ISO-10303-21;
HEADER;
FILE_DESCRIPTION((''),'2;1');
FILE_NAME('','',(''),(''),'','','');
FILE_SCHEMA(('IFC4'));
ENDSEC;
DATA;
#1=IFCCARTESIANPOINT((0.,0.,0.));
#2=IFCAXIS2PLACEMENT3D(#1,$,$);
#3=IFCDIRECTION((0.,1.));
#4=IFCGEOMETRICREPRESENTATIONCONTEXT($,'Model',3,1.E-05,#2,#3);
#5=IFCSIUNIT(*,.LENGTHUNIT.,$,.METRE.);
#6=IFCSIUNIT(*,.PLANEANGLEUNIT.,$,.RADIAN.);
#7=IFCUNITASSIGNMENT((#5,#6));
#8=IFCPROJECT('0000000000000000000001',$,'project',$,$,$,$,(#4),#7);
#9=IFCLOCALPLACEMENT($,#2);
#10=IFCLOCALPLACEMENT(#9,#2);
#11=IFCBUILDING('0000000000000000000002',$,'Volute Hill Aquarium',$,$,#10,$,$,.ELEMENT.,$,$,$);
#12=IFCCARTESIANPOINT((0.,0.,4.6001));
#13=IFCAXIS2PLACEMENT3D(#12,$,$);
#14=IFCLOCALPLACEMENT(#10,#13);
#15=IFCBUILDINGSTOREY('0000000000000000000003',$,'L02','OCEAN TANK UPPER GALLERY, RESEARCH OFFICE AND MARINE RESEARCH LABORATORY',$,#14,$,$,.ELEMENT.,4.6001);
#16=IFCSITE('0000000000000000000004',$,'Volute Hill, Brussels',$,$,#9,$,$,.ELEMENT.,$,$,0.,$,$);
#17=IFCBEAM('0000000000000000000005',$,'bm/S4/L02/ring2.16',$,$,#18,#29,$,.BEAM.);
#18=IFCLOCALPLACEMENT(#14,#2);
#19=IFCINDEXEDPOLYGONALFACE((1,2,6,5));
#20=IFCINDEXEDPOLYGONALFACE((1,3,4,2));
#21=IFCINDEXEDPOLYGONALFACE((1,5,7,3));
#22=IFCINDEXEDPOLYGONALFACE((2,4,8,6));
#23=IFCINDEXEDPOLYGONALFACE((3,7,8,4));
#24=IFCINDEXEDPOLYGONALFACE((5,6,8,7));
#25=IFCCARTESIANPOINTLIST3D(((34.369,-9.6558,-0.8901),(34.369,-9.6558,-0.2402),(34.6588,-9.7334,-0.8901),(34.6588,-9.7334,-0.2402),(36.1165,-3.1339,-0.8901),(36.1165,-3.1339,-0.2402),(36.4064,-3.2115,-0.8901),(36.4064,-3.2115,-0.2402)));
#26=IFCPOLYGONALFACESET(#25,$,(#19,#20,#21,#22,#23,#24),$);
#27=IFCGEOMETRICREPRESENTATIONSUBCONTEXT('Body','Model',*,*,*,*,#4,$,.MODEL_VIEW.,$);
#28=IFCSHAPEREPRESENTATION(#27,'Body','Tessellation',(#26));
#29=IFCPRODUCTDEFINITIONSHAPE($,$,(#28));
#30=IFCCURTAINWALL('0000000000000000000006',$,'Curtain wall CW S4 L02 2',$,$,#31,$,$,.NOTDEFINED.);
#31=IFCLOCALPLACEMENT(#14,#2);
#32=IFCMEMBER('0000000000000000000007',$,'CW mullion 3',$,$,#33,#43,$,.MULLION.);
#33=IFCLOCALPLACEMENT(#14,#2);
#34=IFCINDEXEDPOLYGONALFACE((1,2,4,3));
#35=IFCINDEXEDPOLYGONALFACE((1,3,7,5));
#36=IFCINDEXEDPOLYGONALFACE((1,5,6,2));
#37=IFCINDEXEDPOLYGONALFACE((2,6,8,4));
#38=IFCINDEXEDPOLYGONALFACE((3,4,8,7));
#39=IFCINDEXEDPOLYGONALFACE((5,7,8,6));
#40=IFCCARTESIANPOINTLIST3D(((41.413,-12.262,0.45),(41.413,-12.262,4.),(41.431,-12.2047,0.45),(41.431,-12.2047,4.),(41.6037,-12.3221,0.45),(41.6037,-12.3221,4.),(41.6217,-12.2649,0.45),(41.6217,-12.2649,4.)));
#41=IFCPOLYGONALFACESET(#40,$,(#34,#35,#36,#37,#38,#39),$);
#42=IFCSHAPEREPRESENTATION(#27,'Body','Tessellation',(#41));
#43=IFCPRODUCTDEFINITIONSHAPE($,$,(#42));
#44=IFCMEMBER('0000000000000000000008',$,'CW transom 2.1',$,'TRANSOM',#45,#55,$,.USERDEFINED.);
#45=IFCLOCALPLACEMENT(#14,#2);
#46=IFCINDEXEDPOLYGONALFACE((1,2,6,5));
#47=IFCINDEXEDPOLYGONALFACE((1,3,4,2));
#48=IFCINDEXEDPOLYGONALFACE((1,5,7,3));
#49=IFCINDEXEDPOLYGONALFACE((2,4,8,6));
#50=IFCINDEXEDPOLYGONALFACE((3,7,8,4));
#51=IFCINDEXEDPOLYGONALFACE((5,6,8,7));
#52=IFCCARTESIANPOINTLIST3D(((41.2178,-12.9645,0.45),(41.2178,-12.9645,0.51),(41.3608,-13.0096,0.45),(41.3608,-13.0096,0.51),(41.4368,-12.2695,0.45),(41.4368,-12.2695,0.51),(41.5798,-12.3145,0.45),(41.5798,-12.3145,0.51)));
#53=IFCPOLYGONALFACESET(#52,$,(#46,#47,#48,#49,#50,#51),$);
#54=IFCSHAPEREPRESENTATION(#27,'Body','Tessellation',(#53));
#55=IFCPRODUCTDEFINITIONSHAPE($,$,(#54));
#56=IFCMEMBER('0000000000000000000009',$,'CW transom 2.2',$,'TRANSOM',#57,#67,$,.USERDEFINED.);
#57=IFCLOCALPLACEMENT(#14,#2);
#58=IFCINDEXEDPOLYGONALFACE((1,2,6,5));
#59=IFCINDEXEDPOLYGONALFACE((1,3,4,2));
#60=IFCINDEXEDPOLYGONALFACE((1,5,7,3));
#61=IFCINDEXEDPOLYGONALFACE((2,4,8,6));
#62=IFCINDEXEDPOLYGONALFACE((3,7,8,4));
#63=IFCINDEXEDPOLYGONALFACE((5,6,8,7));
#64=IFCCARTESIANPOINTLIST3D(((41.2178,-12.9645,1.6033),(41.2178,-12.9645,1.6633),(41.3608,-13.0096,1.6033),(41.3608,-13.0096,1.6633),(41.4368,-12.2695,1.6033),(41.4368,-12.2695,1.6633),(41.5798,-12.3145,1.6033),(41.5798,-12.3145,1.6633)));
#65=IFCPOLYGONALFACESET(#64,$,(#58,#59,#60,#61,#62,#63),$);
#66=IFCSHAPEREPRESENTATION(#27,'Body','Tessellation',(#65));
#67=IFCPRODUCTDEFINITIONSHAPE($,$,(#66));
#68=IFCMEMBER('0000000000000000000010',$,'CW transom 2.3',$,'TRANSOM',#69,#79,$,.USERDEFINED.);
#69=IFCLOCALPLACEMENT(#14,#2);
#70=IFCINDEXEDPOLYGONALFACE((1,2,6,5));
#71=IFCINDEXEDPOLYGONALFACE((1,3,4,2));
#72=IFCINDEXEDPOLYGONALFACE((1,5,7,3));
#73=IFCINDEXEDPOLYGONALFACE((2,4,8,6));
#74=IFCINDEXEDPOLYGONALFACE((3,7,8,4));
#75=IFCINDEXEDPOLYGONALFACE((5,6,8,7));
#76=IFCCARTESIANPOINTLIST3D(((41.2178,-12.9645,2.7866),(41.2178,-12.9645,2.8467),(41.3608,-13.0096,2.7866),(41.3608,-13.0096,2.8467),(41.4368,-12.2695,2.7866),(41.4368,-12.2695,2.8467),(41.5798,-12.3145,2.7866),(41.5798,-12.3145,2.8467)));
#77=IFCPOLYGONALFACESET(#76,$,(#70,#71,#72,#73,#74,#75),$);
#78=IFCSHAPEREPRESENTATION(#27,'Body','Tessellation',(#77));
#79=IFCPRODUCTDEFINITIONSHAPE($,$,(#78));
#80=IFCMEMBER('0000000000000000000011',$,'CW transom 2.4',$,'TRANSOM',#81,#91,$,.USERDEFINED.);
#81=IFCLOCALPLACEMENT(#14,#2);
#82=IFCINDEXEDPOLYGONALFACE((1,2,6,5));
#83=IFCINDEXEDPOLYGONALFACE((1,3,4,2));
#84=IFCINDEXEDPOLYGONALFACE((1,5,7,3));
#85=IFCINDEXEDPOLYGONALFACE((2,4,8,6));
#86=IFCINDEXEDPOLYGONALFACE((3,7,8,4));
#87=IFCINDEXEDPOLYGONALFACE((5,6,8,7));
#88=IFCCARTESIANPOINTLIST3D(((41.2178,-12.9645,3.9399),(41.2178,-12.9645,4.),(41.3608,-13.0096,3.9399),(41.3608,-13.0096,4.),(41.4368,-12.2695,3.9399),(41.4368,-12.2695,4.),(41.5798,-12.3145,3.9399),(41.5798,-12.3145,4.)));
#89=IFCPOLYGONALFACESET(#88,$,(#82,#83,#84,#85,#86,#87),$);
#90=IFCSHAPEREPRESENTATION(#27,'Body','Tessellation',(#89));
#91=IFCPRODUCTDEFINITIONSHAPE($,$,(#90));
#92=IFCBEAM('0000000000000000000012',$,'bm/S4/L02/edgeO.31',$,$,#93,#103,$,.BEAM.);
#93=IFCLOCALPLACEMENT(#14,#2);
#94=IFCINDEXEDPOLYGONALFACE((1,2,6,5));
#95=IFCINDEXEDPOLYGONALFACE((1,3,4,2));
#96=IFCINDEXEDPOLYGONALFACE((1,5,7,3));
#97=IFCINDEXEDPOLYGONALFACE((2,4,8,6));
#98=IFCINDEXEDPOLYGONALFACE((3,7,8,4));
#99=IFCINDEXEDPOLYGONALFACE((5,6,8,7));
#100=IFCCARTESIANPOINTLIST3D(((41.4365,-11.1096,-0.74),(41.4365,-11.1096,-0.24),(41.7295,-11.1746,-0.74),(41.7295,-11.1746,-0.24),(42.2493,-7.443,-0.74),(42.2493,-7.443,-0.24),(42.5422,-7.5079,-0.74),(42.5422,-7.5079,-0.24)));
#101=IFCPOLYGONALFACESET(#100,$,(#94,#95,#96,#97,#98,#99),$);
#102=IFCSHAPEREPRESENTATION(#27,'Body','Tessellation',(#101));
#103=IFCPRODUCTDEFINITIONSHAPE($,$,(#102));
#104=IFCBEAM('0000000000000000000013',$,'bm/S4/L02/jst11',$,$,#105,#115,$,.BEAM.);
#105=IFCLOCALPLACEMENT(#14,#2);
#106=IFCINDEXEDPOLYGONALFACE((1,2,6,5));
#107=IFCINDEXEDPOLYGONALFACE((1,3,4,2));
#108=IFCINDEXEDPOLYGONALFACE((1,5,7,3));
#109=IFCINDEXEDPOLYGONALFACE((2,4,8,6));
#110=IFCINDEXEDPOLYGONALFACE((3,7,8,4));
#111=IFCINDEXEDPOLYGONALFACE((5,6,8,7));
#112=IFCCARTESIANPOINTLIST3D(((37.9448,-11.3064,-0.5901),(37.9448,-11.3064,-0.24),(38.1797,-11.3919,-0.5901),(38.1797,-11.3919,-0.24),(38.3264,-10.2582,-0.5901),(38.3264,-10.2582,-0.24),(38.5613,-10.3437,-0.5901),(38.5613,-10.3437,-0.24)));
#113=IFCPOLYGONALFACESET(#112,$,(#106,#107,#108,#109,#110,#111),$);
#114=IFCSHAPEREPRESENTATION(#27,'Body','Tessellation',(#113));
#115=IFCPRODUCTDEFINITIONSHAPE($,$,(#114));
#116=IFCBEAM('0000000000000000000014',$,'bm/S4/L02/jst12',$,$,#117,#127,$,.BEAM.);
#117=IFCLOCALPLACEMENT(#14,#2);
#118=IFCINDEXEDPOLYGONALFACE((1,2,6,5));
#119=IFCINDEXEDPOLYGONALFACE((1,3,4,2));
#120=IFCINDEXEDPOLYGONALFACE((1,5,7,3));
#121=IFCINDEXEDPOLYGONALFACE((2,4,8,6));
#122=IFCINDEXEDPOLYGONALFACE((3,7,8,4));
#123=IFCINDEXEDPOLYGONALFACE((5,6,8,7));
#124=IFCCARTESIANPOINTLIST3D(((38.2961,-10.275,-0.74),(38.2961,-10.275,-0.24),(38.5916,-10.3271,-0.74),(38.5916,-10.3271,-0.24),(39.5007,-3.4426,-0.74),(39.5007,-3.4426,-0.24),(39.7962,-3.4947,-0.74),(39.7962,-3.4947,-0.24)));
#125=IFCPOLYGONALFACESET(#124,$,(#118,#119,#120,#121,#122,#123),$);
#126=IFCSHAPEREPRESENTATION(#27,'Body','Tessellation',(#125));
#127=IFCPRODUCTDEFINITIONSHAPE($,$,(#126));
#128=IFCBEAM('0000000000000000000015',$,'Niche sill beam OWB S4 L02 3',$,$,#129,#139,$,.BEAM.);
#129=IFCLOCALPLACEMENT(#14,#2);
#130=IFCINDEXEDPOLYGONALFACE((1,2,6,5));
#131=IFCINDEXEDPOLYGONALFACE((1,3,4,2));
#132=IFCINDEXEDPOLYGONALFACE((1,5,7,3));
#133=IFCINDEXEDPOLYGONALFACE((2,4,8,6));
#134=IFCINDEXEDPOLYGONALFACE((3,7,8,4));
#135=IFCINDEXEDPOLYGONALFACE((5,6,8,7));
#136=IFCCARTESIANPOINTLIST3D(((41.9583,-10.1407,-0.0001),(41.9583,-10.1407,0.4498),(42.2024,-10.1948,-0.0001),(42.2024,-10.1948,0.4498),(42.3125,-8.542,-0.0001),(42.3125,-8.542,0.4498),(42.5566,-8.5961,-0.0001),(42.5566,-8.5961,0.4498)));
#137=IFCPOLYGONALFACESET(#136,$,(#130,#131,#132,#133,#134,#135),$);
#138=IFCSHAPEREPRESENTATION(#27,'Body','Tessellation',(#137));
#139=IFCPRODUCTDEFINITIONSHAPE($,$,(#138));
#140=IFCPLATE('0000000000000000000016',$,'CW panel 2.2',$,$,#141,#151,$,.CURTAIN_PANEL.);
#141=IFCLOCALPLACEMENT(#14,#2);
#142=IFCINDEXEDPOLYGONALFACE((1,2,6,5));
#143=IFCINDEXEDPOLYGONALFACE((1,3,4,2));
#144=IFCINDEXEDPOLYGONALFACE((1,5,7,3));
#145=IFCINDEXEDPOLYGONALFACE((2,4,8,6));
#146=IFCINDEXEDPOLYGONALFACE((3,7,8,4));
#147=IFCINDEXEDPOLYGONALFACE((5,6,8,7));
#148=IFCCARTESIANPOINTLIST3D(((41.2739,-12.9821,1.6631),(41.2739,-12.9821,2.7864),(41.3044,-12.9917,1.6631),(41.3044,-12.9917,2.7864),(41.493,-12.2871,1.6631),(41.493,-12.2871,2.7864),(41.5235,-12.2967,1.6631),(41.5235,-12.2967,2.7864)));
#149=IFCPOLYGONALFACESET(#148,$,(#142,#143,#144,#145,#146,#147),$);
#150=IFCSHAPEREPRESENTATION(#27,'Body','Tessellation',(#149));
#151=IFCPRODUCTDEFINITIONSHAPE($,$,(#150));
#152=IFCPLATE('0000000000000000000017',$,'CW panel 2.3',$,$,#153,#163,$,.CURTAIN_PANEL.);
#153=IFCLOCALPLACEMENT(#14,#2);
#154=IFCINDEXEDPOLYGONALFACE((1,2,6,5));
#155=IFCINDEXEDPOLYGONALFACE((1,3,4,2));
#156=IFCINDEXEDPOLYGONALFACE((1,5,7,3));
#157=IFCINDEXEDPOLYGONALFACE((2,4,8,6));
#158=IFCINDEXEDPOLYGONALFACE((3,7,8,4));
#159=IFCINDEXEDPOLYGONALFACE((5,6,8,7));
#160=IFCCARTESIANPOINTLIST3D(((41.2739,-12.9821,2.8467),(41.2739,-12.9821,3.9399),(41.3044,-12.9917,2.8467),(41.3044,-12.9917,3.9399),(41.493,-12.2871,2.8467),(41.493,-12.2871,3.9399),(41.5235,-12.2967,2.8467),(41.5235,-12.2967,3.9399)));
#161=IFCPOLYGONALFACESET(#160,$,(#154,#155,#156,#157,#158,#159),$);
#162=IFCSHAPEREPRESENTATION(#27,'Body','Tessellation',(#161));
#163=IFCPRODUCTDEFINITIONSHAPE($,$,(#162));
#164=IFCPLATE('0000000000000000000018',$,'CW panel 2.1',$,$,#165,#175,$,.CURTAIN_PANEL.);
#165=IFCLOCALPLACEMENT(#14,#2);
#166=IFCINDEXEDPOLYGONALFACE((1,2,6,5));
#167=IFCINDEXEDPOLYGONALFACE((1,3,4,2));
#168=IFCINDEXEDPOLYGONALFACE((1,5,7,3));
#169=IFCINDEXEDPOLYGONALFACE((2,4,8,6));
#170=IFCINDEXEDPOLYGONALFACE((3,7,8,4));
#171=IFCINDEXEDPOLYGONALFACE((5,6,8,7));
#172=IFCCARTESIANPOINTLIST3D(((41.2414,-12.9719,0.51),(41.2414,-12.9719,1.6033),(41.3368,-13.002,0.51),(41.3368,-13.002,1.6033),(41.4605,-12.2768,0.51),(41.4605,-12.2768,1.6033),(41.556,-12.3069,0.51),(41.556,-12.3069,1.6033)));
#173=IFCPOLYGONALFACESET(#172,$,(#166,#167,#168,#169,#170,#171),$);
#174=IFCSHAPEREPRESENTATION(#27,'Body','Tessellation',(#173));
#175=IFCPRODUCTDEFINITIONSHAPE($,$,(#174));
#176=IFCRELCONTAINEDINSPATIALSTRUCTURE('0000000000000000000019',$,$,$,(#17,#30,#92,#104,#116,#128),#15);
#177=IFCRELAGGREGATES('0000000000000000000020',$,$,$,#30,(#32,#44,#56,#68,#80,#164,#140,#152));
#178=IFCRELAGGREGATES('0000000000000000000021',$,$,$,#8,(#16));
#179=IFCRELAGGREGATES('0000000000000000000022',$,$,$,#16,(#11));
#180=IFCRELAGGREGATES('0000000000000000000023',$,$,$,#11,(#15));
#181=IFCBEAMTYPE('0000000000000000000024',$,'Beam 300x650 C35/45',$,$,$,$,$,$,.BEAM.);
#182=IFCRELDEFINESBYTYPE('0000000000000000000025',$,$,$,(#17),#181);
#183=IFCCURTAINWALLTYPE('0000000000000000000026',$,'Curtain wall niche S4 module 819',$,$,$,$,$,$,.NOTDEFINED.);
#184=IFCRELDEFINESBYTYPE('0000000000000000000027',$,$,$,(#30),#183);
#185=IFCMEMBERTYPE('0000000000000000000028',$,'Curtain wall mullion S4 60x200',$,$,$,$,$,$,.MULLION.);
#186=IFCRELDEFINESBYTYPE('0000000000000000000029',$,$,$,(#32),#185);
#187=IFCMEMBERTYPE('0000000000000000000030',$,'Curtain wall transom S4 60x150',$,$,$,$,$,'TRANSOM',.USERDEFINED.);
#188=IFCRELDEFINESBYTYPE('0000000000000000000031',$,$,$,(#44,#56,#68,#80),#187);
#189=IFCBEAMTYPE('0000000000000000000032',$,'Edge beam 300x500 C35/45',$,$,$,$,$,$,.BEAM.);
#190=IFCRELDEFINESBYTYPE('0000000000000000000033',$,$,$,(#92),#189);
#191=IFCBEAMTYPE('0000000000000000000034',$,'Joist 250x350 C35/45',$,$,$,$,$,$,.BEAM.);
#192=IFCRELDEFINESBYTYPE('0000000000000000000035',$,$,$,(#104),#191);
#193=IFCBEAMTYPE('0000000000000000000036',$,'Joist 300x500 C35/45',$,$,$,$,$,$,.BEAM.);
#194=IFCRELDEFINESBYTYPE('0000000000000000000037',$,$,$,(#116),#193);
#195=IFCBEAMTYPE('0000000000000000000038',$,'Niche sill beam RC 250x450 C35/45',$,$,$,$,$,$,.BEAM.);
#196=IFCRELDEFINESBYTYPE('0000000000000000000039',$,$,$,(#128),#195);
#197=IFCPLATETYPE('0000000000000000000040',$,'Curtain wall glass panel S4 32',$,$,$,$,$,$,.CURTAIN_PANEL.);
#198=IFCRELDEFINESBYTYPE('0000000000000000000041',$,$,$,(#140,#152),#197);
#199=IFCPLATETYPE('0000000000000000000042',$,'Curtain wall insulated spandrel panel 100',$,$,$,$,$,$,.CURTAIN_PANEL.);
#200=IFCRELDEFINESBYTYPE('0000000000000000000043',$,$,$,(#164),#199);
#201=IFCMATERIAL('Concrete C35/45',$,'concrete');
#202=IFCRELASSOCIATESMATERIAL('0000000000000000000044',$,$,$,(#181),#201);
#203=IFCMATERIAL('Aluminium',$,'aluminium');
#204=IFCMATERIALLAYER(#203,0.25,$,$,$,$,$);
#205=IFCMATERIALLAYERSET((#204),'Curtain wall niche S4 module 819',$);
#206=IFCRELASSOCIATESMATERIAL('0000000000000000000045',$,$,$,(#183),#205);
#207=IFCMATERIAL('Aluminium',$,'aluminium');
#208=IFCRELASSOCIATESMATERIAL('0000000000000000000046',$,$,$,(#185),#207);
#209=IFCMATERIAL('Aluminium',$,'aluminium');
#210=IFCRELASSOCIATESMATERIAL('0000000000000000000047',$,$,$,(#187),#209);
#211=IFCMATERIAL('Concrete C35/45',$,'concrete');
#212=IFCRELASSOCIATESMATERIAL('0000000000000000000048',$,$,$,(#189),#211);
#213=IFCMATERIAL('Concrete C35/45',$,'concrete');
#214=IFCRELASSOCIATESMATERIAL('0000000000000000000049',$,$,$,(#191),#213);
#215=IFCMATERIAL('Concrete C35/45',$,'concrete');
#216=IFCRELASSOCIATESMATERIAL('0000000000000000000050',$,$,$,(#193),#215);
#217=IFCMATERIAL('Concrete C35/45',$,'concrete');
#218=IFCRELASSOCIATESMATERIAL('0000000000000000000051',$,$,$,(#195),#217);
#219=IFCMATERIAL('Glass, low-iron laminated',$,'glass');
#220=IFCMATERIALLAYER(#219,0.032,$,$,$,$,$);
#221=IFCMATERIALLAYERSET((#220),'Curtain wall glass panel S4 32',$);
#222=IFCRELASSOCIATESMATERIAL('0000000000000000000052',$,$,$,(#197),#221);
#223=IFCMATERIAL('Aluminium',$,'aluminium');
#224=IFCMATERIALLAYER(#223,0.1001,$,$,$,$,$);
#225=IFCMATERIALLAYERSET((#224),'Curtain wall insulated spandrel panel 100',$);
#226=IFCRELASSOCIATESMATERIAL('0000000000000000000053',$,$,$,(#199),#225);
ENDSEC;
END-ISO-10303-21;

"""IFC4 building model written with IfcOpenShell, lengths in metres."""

from ifc_helpers import new_model, si_unit, direction, frame, origin, origin_2d, place, context, subcontext, project, spatial, rectangle, extrude, material, layer, layer_set, material_profile, profile_set, type_object, element, aggregate, save


model = new_model("IFC4")

# Units and contexts
model_context = context("Model", 3, precision=1e-05, world=origin(), true_north=direction((0.0, 1.0)))
body_context = subcontext(model_context, "Body", "Model", "MODEL_VIEW")
ifc_project = project(units=[si_unit("LENGTHUNIT", "METRE"), si_unit("PLANEANGLEUNIT", "RADIAN")], contexts=[model_context])

# Site, building, storey
site_placement = place(None, origin())
site = spatial("IfcSite", under=ifc_project, at=site_placement, Name="Volute Hill, Brussels", CompositionType="ELEMENT", RefElevation=0.0)
building_placement = place(site_placement, origin())
building = spatial("IfcBuilding", under=site, at=building_placement, Name="Volute Hill Aquarium", CompositionType="ELEMENT")
storey_placement = place(building_placement, frame((0.0, 0.0, 4.6001)))
storey = spatial("IfcBuildingStorey", under=building, at=storey_placement, Name="L02", Description="OCEAN TANK UPPER GALLERY, RESEARCH OFFICE AND MARINE RESEARCH LABORATORY", CompositionType="ELEMENT", Elevation=4.6001)

# Beam
ifc_material_1 = material(Name="Concrete C35/45", Category="concrete")
ifc_material_profile_1 = material_profile(ifc_material_1, rectangle(XDim=0.3, YDim=0.6499, at=origin_2d()), Name="RC beam 300x650")
ifc_profile_set_1 = profile_set([ifc_material_profile_1], Name="Concrete C35/45")
beam_type_1 = type_object("IfcBeamType", Name="Beam 300x650 C35/45", PredefinedType="BEAM", material=ifc_profile_set_1)
beam_1_placement = place(storey_placement, frame((34.5139, -9.6946, -0.5652), z_axis=(0.258819, 0.965926, 0.0), x_axis=(-0.965926, 0.258819, 0.0)))
element("IfcBeam", 1, at=beam_1_placement, inside=storey, type_object=beam_type_1, Name="bm/S4/L02/ring2.16", PredefinedType="BEAM", context=body_context, shape_type="SweptSolid", body=[
    extrude(rectangle(XDim=0.3, YDim=0.6499, at=origin_2d()), origin(), (0.0, 0.0, 1.0), 6.752),
])

# Curtain wall, members
ifc_material_2 = material(Name="Aluminium", Category="aluminium")
ifc_layer_1 = layer(ifc_material_2, 0.25)
ifc_layer_set_1 = layer_set([ifc_layer_1], Name="Curtain wall niche S4 module 819")
curtain_wall_type = type_object("IfcCurtainWallType", Name="Curtain wall niche S4 module 819", PredefinedType="NOTDEFINED", material=ifc_layer_set_1)
curtain_wall_placement = place(storey_placement, origin())
curtain_wall = element("IfcCurtainWall", 2, at=curtain_wall_placement, inside=storey, type_object=curtain_wall_type, Name="Curtain wall CW S4 L02 2", PredefinedType="NOTDEFINED")
ifc_material_3 = material(Name="Aluminium", Category="aluminium")
ifc_material_profile_2 = material_profile(ifc_material_3, rectangle(XDim=0.2, YDim=0.0601, at=origin_2d()), Name="Curtain wall mullion S4 60x200")
ifc_profile_set_2 = profile_set([ifc_material_profile_2], Name="Aluminium")
member_type_1 = type_object("IfcMemberType", Name="Curtain wall mullion S4 60x200", PredefinedType="MULLION", material=ifc_profile_set_2)
member_1_placement = place(storey_placement, frame((41.5173, -12.2634, 0.45), z_axis=(0.0, 0.0, 1.0), x_axis=(-0.953716, 0.30071, 0.0)))
member_1 = element("IfcMember", 3, at=member_1_placement, type_object=member_type_1, Name="CW mullion 3", PredefinedType="MULLION", context=body_context, shape_type="SweptSolid", body=[
    extrude(rectangle(XDim=0.2, YDim=0.0601, at=origin_2d()), origin(), (0.0, 0.0, 1.0), 3.55),
])
ifc_material_4 = material(Name="Aluminium", Category="aluminium")
ifc_material_profile_3 = material_profile(ifc_material_4, rectangle(XDim=0.1499, YDim=0.0601, at=origin_2d()), Name="Curtain wall transom S4 60x150")
ifc_profile_set_3 = profile_set([ifc_material_profile_3], Name="Aluminium")
member_type_2 = type_object("IfcMemberType", Name="Curtain wall transom S4 60x150", ElementType="TRANSOM", PredefinedType="USERDEFINED", material=ifc_profile_set_3)
member_2_placement = place(storey_placement, frame((41.2893, -12.9871, 0.48), z_axis=(0.300506, 0.95378, 0.0), x_axis=(-0.95378, 0.300506, 0.0)))
member_2 = element("IfcMember", 4, at=member_2_placement, type_object=member_type_2, Name="CW transom 2.1", ObjectType="TRANSOM", PredefinedType="USERDEFINED", context=body_context, shape_type="SweptSolid", body=[
    extrude(rectangle(XDim=0.1499, YDim=0.0601, at=origin_2d()), origin(), (0.0, 0.0, 1.0), 0.7288),
])
member_3_placement = place(storey_placement, frame((41.2893, -12.9871, 1.6333), z_axis=(0.300506, 0.95378, 0.0), x_axis=(-0.95378, 0.300506, 0.0)))
member_3 = element("IfcMember", 5, at=member_3_placement, type_object=member_type_2, Name="CW transom 2.2", ObjectType="TRANSOM", PredefinedType="USERDEFINED", context=body_context, shape_type="SweptSolid", body=[
    extrude(rectangle(XDim=0.1499, YDim=0.0601, at=origin_2d()), origin(), (0.0, 0.0, 1.0), 0.7288),
])
member_4_placement = place(storey_placement, frame((41.2893, -12.9871, 2.8167), z_axis=(0.300506, 0.95378, 0.0), x_axis=(-0.95378, 0.300506, 0.0)))
member_4 = element("IfcMember", 6, at=member_4_placement, type_object=member_type_2, Name="CW transom 2.3", ObjectType="TRANSOM", PredefinedType="USERDEFINED", context=body_context, shape_type="SweptSolid", body=[
    extrude(rectangle(XDim=0.1499, YDim=0.0601, at=origin_2d()), origin(), (0.0, 0.0, 1.0), 0.7288),
])
member_5_placement = place(storey_placement, frame((41.2893, -12.9871, 3.97), z_axis=(0.300506, 0.95378, 0.0), x_axis=(-0.95378, 0.300506, 0.0)))
member_5 = element("IfcMember", 7, at=member_5_placement, type_object=member_type_2, Name="CW transom 2.4", ObjectType="TRANSOM", PredefinedType="USERDEFINED", context=body_context, shape_type="SweptSolid", body=[
    extrude(rectangle(XDim=0.1499, YDim=0.0601, at=origin_2d()), origin(), (0.0, 0.0, 1.0), 0.7288),
])

# Beams
ifc_material_5 = material(Name="Concrete C35/45", Category="concrete")
ifc_material_profile_4 = material_profile(ifc_material_5, rectangle(XDim=0.3, YDim=0.5, at=origin_2d()), Name="RC edge beam 300x500")
ifc_profile_set_4 = profile_set([ifc_material_profile_4], Name="Concrete C35/45")
beam_type_2 = type_object("IfcBeamType", Name="Edge beam 300x500 C35/45", PredefinedType="BEAM", material=ifc_profile_set_4)
beam_2_placement = place(storey_placement, frame((41.583, -11.1421, -0.49), z_axis=(0.216414, 0.976302, 0.0), x_axis=(-0.976302, 0.216414, 0.0)))
element("IfcBeam", 8, at=beam_2_placement, inside=storey, type_object=beam_type_2, Name="bm/S4/L02/edgeO.31", PredefinedType="BEAM", context=body_context, shape_type="SweptSolid", body=[
    extrude(rectangle(XDim=0.3, YDim=0.5, at=origin_2d()), origin(), (0.0, 0.0, 1.0), 3.7556),
])
ifc_material_6 = material(Name="Concrete C35/45", Category="concrete")
ifc_material_profile_5 = material_profile(ifc_material_6, rectangle(XDim=0.25, YDim=0.3501, at=origin_2d()), Name="RC joist 250x350")
ifc_profile_set_5 = profile_set([ifc_material_profile_5], Name="Concrete C35/45")
beam_type_3 = type_object("IfcBeamType", Name="Joist 250x350 C35/45", PredefinedType="BEAM", material=ifc_profile_set_5)
beam_3_placement = place(storey_placement, frame((38.0623, -11.3491, -0.415), z_axis=(0.342112, 0.939659, 0.0), x_axis=(-0.939659, 0.342112, 0.0)))
element("IfcBeam", 9, at=beam_3_placement, inside=storey, type_object=beam_type_3, Name="bm/S4/L02/jst11", PredefinedType="BEAM", context=body_context, shape_type="SweptSolid", body=[
    extrude(rectangle(XDim=0.25, YDim=0.3501, at=origin_2d()), origin(), (0.0, 0.0, 1.0), 1.1155),
])
ifc_material_7 = material(Name="Concrete C35/45", Category="concrete")
ifc_material_profile_6 = material_profile(ifc_material_7, rectangle(XDim=0.3, YDim=0.5, at=origin_2d()), Name="RC joist 300x500")
ifc_profile_set_6 = profile_set([ifc_material_profile_6], Name="Concrete C35/45")
beam_type_4 = type_object("IfcBeamType", Name="Joist 300x500 C35/45", PredefinedType="BEAM", material=ifc_profile_set_6)
beam_4_placement = place(storey_placement, frame((38.4438, -10.301, -0.49), z_axis=(0.173631, 0.984811, 0.0), x_axis=(-0.984811, 0.173631, 0.0)))
element("IfcBeam", 10, at=beam_4_placement, inside=storey, type_object=beam_type_4, Name="bm/S4/L02/jst12", PredefinedType="BEAM", context=body_context, shape_type="SweptSolid", body=[
    extrude(rectangle(XDim=0.3, YDim=0.5, at=origin_2d()), origin(), (0.0, 0.0, 1.0), 6.9377),
])
ifc_material_8 = material(Name="Concrete C35/45", Category="concrete")
ifc_material_profile_7 = material_profile(ifc_material_8, rectangle(XDim=0.25, YDim=0.45, at=origin_2d()), Name="RC beam 250x450")
ifc_profile_set_7 = profile_set([ifc_material_profile_7], Name="Concrete C35/45")
beam_type_5 = type_object("IfcBeamType", Name="Niche sill beam RC 250x450 C35/45", PredefinedType="BEAM", material=ifc_profile_set_7)
beam_5_placement = place(storey_placement, frame((42.0803, -10.1677, 0.2249), z_axis=(0.216346, 0.976317, 0.0), x_axis=(-0.976317, 0.216346, 0.0)))
element("IfcBeam", 11, at=beam_5_placement, inside=storey, type_object=beam_type_5, Name="Niche sill beam OWB S4 L02 3", PredefinedType="BEAM", context=body_context, shape_type="SweptSolid", body=[
    extrude(rectangle(XDim=0.25, YDim=0.45, at=origin_2d()), origin(), (0.0, 0.0, 1.0), 1.6375),
])

# Plates
ifc_material_9 = material(Name="Glass, low-iron laminated", Category="glass")
ifc_layer_2 = layer(ifc_material_9, 0.032)
ifc_layer_set_2 = layer_set([ifc_layer_2], Name="Curtain wall glass panel S4 32")
plate_type_1 = type_object("IfcPlateType", Name="Curtain wall glass panel S4 32", PredefinedType="CURTAIN_PANEL", material=ifc_layer_set_2)
plate_1_placement = place(storey_placement, frame((41.3987, -12.6394, 1.6631), z_axis=(0.0, 0.0, 1.0), x_axis=(0.30071, 0.953716, 0.0)))
plate_1 = element("IfcPlate", 12, at=plate_1_placement, type_object=plate_type_1, Name="CW panel 2.2", PredefinedType="CURTAIN_PANEL", context=body_context, shape_type="SweptSolid", body=[
    extrude(rectangle(XDim=0.7288, YDim=0.032, at=origin_2d()), origin(), (0.0, 0.0, 1.0), 1.1233),
])
plate_2_placement = place(storey_placement, frame((41.3987, -12.6394, 2.8467), z_axis=(0.0, 0.0, 1.0), x_axis=(0.30071, 0.953716, 0.0)))
plate_2 = element("IfcPlate", 13, at=plate_2_placement, type_object=plate_type_1, Name="CW panel 2.3", PredefinedType="CURTAIN_PANEL", context=body_context, shape_type="SweptSolid", body=[
    extrude(rectangle(XDim=0.7288, YDim=0.032, at=origin_2d()), origin(), (0.0, 0.0, 1.0), 1.0933),
])
ifc_material_10 = material(Name="Aluminium", Category="aluminium")
ifc_layer_3 = layer(ifc_material_10, 0.1001)
ifc_layer_set_3 = layer_set([ifc_layer_3], Name="Curtain wall insulated spandrel panel 100")
plate_type_2 = type_object("IfcPlateType", Name="Curtain wall insulated spandrel panel 100", PredefinedType="CURTAIN_PANEL", material=ifc_layer_set_3)
plate_3_placement = place(storey_placement, frame((41.3987, -12.6394, 0.51), z_axis=(0.0, 0.0, 1.0), x_axis=(0.30071, 0.953716, 0.0)))
plate_3 = element("IfcPlate", 14, at=plate_3_placement, type_object=plate_type_2, Name="CW panel 2.1", PredefinedType="CURTAIN_PANEL", context=body_context, shape_type="SweptSolid", body=[
    extrude(rectangle(XDim=0.7288, YDim=0.1001, at=origin_2d()), origin(), (0.0, 0.0, 1.0), 1.0933),
])
aggregate(curtain_wall, [member_1, member_2, member_3, member_4, member_5, plate_3, plate_1, plate_2])

save(model, "model.ifc")
